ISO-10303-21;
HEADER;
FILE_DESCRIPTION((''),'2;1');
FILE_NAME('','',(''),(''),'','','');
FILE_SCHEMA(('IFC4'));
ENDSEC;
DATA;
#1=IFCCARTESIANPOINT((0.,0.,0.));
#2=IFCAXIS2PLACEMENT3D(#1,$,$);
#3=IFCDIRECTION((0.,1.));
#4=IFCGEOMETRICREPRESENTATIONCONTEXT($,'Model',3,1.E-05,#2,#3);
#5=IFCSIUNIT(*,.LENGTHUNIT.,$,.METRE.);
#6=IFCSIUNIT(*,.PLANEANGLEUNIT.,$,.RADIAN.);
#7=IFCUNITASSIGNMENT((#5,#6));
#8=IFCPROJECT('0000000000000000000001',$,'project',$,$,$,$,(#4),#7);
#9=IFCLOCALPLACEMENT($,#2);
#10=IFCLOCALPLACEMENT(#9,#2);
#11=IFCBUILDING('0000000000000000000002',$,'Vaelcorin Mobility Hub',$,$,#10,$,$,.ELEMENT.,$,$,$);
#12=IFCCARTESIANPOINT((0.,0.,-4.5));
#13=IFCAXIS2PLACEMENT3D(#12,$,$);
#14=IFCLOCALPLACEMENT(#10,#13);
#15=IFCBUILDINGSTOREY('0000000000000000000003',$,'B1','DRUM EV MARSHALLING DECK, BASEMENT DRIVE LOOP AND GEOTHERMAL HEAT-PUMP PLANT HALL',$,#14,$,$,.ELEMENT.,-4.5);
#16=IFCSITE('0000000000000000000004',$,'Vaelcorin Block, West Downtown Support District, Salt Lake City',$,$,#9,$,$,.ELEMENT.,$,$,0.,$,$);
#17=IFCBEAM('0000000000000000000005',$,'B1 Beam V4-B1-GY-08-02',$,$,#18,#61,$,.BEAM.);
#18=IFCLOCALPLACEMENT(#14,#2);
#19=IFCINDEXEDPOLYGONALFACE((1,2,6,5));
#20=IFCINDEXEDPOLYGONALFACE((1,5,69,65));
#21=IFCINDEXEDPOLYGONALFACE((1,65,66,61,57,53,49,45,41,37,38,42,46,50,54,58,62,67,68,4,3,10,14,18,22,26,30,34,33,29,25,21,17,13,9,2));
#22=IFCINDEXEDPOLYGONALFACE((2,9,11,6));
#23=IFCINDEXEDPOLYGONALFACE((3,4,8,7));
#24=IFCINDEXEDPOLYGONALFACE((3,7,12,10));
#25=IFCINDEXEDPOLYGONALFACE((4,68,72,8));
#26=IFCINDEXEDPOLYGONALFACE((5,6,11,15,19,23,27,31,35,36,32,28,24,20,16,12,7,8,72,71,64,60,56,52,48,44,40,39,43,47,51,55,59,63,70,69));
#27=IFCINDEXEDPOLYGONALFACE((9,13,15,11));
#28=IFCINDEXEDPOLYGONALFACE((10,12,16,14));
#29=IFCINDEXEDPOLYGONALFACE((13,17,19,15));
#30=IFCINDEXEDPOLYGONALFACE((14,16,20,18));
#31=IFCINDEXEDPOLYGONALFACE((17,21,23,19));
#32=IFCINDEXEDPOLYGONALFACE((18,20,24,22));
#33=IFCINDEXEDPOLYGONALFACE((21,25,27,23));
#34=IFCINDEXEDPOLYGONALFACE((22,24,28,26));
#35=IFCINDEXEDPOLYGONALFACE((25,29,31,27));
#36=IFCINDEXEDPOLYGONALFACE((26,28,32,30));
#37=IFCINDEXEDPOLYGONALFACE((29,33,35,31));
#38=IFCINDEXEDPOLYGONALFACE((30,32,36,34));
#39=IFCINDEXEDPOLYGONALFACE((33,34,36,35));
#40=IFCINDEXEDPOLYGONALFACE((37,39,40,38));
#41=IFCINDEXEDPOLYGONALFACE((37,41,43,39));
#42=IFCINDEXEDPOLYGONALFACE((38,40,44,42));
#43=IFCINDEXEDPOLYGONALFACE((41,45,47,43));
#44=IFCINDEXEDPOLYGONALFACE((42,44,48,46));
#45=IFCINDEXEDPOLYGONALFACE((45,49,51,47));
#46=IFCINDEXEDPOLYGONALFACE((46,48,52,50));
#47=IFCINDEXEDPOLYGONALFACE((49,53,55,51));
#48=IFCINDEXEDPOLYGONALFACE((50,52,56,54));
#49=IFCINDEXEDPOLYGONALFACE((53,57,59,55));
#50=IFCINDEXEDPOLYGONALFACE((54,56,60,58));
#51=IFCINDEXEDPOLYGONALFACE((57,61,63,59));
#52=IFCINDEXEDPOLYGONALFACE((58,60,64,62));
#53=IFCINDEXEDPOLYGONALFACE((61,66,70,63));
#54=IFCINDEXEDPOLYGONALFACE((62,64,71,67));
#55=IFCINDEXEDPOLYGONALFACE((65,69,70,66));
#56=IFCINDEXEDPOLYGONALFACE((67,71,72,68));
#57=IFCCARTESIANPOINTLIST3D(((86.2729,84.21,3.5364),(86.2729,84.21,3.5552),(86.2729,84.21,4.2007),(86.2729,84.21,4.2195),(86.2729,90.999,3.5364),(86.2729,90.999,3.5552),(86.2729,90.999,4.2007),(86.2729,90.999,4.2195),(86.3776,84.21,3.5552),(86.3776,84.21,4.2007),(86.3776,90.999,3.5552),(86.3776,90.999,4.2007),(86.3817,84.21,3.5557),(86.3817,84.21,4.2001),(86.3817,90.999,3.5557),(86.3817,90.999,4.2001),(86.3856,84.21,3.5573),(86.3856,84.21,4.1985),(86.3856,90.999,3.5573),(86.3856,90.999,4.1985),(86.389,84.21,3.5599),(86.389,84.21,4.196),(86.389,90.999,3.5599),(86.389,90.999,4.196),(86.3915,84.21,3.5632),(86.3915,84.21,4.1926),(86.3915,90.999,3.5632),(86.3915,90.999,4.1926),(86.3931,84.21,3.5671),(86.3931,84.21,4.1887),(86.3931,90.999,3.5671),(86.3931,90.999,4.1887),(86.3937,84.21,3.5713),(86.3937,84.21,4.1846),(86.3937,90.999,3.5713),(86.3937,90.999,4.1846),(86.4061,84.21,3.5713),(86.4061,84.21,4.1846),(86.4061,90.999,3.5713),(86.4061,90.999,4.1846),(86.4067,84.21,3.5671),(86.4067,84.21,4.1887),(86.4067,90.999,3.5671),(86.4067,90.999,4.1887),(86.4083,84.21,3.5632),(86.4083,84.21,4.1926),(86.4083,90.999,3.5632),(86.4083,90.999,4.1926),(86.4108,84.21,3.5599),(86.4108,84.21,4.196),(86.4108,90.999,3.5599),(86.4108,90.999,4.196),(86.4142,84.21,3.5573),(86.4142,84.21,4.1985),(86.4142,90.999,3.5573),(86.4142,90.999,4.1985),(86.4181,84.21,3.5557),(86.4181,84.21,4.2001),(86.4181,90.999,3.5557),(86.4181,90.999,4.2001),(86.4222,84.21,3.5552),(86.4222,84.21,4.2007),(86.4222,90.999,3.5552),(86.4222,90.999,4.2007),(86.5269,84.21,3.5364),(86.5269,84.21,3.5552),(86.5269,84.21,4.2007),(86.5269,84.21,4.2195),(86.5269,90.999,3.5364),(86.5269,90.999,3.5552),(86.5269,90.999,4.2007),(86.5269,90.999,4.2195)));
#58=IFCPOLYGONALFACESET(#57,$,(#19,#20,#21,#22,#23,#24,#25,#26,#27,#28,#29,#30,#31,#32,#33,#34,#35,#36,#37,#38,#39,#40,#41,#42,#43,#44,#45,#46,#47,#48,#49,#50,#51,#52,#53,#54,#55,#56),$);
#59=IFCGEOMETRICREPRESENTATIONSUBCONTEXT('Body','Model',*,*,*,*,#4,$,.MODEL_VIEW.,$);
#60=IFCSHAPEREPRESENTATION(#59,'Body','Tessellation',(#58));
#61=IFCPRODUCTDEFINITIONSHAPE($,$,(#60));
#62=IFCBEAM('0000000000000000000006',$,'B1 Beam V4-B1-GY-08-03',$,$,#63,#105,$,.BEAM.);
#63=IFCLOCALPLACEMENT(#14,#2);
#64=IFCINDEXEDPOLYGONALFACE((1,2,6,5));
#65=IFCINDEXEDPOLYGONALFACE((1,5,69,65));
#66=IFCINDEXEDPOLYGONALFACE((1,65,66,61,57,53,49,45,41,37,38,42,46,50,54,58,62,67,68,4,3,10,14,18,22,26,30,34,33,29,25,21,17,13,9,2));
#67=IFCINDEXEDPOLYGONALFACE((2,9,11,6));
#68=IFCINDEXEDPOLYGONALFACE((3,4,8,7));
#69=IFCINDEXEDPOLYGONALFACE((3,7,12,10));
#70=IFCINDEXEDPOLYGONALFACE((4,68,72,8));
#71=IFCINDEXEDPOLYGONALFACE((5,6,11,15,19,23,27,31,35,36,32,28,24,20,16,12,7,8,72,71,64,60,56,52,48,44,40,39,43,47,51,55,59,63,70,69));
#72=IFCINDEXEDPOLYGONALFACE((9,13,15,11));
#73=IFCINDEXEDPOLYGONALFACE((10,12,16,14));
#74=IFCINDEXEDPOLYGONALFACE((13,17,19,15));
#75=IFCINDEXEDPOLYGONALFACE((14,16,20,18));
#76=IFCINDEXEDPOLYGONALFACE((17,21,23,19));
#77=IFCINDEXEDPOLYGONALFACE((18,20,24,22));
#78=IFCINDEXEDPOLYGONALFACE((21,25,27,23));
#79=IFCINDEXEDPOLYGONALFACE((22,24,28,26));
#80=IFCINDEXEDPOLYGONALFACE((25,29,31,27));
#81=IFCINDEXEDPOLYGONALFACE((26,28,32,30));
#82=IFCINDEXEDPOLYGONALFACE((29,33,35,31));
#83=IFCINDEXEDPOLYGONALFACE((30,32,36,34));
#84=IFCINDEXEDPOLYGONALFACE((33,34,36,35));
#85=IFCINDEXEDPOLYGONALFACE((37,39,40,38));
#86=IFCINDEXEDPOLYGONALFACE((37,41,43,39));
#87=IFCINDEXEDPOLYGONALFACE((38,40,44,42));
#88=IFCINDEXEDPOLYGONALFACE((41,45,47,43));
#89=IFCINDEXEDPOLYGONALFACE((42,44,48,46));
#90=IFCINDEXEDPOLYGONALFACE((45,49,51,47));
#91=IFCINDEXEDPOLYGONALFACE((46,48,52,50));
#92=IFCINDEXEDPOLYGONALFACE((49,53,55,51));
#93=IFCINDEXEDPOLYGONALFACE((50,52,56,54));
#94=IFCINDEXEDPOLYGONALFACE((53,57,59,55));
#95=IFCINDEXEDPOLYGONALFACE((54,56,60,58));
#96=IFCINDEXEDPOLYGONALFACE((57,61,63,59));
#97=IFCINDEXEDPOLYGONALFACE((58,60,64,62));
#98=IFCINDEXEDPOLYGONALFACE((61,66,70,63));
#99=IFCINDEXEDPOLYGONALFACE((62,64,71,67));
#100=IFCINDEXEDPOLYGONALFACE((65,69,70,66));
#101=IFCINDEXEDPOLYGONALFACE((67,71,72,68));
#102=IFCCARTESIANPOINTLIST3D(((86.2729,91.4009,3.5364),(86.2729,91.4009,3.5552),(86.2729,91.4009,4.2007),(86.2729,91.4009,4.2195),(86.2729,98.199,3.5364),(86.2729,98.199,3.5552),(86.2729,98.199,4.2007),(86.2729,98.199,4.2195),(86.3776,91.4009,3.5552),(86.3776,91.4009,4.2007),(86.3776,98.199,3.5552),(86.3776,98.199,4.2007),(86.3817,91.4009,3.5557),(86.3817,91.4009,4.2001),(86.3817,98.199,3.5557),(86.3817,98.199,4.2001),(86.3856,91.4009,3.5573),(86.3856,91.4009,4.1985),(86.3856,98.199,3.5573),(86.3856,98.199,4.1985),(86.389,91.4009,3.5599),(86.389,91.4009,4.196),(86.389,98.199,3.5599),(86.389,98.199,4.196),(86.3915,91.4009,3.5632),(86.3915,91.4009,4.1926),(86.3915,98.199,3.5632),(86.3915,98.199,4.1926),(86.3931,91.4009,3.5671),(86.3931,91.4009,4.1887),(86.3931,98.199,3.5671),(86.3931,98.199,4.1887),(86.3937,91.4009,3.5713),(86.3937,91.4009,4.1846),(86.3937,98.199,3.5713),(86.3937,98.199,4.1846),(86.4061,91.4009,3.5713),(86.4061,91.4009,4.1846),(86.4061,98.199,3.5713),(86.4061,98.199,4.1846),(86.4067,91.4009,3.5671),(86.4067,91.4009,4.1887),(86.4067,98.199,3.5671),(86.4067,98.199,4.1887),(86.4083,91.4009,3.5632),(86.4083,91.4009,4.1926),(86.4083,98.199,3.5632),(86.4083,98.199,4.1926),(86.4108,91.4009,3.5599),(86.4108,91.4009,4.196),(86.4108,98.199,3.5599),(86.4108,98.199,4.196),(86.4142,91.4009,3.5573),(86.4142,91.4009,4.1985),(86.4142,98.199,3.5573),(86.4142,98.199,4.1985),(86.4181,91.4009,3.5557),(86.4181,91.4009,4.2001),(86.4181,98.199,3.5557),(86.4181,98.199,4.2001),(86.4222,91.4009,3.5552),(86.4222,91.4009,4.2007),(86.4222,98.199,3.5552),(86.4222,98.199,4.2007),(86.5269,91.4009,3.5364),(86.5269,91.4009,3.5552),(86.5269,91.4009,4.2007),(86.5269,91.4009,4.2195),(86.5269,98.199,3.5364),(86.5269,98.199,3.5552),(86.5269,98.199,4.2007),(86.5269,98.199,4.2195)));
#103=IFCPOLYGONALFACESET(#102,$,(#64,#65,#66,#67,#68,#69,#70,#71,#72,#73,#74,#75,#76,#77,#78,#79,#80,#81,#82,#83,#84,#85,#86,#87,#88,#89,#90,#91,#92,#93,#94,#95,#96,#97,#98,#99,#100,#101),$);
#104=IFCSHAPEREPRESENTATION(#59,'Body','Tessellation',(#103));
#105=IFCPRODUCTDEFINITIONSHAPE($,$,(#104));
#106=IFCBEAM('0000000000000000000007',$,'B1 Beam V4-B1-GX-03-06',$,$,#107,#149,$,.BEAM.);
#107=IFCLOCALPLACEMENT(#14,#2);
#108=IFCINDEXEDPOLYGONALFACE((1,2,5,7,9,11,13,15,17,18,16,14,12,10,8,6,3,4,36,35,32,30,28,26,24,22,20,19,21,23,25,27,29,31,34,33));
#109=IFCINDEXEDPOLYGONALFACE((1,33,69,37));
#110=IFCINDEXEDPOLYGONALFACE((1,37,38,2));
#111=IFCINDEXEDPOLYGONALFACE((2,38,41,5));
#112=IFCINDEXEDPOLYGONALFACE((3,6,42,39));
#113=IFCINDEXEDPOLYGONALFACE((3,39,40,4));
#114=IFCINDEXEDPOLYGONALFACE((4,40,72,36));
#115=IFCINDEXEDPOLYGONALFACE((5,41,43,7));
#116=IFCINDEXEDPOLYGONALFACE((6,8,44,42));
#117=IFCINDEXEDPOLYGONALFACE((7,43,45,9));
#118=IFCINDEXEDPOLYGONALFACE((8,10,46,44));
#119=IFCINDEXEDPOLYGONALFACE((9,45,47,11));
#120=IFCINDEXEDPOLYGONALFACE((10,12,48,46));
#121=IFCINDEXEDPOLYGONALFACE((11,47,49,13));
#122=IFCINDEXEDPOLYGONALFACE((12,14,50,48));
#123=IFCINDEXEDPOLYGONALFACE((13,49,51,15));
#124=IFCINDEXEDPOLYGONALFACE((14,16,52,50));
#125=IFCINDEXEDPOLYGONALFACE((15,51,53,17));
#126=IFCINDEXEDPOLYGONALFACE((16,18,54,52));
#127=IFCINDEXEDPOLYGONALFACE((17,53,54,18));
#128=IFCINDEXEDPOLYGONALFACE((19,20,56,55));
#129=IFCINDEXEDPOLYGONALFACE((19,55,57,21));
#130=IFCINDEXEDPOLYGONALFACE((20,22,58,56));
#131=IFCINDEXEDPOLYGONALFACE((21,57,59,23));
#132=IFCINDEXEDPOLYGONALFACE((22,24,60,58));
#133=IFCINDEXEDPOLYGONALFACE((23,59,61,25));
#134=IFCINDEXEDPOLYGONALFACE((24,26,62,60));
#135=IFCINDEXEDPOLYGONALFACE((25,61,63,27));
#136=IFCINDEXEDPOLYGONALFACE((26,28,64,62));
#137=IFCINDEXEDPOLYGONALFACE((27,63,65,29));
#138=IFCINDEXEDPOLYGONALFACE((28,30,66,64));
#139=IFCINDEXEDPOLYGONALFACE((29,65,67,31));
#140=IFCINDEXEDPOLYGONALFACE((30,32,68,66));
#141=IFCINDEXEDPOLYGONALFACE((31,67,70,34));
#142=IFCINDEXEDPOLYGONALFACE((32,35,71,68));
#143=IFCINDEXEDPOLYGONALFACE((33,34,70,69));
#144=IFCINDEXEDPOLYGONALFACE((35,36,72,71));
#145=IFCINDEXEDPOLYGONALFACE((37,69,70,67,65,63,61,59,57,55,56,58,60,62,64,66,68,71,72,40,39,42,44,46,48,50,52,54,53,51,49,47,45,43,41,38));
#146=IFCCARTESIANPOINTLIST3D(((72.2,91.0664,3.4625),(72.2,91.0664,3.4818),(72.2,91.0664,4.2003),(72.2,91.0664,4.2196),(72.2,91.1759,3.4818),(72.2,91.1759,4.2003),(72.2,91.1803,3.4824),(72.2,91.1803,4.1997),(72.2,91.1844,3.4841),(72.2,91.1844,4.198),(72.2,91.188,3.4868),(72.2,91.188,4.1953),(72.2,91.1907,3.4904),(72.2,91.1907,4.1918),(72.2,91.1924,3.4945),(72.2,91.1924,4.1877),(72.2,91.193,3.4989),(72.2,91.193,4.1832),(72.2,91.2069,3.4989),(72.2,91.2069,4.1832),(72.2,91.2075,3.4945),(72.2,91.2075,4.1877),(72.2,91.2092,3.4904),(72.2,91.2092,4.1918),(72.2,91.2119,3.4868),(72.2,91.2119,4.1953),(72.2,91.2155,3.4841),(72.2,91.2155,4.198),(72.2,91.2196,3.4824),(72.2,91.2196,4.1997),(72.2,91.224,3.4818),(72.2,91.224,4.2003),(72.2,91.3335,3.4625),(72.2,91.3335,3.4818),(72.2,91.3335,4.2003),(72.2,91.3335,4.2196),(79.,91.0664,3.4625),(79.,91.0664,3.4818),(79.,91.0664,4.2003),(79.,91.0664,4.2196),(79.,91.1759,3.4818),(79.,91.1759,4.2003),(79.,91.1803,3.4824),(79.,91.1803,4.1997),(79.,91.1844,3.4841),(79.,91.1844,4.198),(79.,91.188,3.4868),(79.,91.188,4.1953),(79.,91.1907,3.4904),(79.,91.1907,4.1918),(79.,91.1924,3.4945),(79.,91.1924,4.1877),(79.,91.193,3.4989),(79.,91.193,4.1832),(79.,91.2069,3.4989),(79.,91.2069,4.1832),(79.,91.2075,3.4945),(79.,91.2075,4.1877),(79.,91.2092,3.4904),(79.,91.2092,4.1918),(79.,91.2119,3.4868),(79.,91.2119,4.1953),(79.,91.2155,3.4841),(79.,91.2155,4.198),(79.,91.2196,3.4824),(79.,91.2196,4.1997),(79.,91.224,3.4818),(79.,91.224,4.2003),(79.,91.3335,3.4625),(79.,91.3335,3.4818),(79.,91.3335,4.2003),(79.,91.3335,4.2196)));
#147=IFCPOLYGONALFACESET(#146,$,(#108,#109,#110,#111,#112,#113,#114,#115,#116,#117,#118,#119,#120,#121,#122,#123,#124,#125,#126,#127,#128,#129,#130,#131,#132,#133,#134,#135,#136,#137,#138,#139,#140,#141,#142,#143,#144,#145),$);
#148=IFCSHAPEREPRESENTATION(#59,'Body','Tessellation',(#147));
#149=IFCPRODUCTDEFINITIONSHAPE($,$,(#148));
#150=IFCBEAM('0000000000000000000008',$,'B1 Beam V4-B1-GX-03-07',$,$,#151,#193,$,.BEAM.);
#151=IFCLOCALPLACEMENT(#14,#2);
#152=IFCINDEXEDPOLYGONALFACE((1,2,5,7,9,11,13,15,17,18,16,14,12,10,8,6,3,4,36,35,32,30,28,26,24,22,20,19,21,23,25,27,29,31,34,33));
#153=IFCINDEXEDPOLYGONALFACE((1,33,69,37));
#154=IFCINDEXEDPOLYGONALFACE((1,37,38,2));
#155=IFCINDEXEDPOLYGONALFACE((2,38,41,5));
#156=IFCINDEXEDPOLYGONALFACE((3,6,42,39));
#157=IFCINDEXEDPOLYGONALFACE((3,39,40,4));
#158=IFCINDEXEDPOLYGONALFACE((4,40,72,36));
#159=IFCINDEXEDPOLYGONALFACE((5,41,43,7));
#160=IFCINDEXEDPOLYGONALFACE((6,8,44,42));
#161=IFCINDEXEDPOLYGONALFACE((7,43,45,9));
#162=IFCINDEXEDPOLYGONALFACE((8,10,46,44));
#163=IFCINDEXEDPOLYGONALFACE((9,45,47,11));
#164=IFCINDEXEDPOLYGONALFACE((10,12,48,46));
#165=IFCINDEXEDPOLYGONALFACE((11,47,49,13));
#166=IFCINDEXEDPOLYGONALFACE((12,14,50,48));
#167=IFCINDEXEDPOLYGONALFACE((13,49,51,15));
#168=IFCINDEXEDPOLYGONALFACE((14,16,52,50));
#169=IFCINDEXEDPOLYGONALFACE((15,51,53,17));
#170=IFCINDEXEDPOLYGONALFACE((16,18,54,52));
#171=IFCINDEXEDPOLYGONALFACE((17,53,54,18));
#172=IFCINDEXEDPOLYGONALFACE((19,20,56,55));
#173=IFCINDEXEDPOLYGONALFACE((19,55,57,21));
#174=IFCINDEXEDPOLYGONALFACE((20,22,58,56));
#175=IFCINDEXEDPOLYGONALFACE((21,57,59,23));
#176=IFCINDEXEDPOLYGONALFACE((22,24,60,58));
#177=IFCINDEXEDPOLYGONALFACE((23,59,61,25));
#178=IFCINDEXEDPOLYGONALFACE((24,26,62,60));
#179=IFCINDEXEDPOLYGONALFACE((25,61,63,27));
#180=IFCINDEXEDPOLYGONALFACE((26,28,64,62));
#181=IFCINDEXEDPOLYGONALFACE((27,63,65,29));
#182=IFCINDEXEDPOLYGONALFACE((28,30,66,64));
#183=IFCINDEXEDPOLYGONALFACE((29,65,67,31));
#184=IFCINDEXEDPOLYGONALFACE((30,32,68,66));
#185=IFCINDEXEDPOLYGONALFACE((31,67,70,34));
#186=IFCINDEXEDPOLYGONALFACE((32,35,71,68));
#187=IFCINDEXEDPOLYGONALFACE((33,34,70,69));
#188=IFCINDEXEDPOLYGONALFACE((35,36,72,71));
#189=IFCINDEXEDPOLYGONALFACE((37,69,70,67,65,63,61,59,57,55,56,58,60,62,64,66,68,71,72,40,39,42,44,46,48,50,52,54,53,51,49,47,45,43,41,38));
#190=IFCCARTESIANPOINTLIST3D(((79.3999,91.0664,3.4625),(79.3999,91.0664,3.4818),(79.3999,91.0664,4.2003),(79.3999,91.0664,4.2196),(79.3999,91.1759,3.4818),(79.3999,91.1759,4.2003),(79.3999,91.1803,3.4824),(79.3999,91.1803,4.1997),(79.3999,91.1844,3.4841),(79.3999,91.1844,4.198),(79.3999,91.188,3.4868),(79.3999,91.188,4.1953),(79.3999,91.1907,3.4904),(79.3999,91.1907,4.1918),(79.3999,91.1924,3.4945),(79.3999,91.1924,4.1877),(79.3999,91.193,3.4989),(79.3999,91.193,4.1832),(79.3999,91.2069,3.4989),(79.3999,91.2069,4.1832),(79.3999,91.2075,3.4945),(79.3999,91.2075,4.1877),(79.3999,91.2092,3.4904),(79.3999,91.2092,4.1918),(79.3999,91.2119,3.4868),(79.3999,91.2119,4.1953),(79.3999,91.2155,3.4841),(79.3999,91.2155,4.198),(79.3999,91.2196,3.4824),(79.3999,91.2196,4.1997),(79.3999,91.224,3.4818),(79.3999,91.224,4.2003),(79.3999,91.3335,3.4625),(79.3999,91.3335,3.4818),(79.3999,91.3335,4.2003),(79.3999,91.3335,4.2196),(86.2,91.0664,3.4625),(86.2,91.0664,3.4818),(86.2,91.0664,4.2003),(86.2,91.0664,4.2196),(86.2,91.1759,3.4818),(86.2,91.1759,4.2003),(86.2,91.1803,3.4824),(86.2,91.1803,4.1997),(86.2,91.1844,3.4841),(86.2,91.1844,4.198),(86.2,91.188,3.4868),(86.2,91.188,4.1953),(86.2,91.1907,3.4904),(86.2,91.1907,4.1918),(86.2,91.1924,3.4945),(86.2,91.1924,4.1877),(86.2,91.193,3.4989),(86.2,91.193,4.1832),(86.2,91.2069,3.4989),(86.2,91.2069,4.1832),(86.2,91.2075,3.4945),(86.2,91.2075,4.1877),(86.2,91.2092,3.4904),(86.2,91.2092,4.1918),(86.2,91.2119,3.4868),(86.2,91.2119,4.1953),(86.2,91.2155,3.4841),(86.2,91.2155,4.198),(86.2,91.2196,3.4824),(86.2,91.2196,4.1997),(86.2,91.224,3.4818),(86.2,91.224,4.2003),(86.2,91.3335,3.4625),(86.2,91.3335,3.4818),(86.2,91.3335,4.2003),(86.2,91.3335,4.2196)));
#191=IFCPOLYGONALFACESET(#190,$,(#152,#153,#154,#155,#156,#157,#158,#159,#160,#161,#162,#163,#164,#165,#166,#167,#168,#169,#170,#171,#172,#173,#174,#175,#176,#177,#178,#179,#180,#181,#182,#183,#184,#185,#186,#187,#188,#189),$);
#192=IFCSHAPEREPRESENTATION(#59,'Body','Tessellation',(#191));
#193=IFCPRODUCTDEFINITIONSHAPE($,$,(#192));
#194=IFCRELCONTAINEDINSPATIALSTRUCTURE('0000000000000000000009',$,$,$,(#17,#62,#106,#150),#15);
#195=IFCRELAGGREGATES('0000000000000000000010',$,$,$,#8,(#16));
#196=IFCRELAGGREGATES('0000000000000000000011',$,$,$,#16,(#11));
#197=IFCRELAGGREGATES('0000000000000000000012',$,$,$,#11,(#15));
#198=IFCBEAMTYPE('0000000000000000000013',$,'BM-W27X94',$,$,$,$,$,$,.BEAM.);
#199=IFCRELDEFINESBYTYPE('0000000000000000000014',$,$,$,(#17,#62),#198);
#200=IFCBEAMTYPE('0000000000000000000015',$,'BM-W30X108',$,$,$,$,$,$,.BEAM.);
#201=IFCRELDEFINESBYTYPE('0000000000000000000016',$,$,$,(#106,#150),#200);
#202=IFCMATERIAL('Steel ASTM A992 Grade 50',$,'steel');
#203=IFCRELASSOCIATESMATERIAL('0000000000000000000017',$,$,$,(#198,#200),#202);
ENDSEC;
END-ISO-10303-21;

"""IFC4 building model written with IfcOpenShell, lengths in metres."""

from ifc_helpers import new_model, si_unit, direction, frame, origin, origin_2d, place, context, subcontext, project, spatial, i_section, extrude, material, material_profile, profile_set, type_object, element, save


model = new_model("IFC4")

# Units and contexts
model_context = context("Model", 3, precision=1e-05, world=origin(), true_north=direction((0.0, 1.0)))
body_context = subcontext(model_context, "Body", "Model", "MODEL_VIEW")
ifc_project = project(units=[si_unit("LENGTHUNIT", "METRE"), si_unit("PLANEANGLEUNIT", "RADIAN")], contexts=[model_context])

# Site, building, storey
site_placement = place(None, origin())
site = spatial("IfcSite", under=ifc_project, at=site_placement, Name="Vaelcorin Block, West Downtown Support District, Salt Lake City", CompositionType="ELEMENT", RefElevation=0.0)
building_placement = place(site_placement, origin())
building = spatial("IfcBuilding", under=site, at=building_placement, Name="Vaelcorin Mobility Hub", CompositionType="ELEMENT")
storey_placement = place(building_placement, frame((0.0, 0.0, -4.5)))
storey = spatial("IfcBuildingStorey", under=building, at=storey_placement, Name="B1", Description="DRUM EV MARSHALLING DECK, BASEMENT DRIVE LOOP AND GEOTHERMAL HEAT-PUMP PLANT HALL", CompositionType="ELEMENT", Elevation=-4.5)

# Shared definitions
ifc_material_1 = material(Name="Steel ASTM A992 Grade 50", Category="steel")

# Beams
ifc_material_profile_1 = material_profile(ifc_material_1, i_section(OverallWidth=0.2539, OverallDepth=0.6831, WebThickness=0.0125, FlangeThickness=0.0188, FilletRadius=0.0161, at=origin_2d()), Name="W27X94")
ifc_profile_set_1 = profile_set([ifc_material_profile_1], Name="Steel ASTM A992 Grade 50")
beam_type_1 = type_object("IfcBeamType", Name="BM-W27X94", PredefinedType="BEAM", material=ifc_profile_set_1)
beam_1_placement = place(storey_placement, frame((86.3999, 84.21, 3.8779), z_axis=(0.0, 1.0, 0.0), x_axis=(-1.0, 0.0, 0.0)))
element("IfcBeam", 1, at=beam_1_placement, inside=storey, type_object=beam_type_1, Name="B1 Beam V4-B1-GY-08-02", PredefinedType="BEAM", context=body_context, shape_type="SweptSolid", body=[
    extrude(i_section(OverallWidth=0.2539, OverallDepth=0.6831, WebThickness=0.0125, FlangeThickness=0.0188, FilletRadius=0.0161, at=origin_2d()), origin(), (0.0, 0.0, 1.0), 6.7891),
])
beam_2_placement = place(storey_placement, frame((86.3999, 91.4009, 3.8779), z_axis=(0.0, 1.0, 0.0), x_axis=(-1.0, 0.0, 0.0)))
element("IfcBeam", 2, at=beam_2_placement, inside=storey, type_object=beam_type_1, Name="B1 Beam V4-B1-GY-08-03", PredefinedType="BEAM", context=body_context, shape_type="SweptSolid", body=[
    extrude(i_section(OverallWidth=0.2539, OverallDepth=0.6831, WebThickness=0.0125, FlangeThickness=0.0188, FilletRadius=0.0161, at=origin_2d()), origin(), (0.0, 0.0, 1.0), 6.7981),
])
ifc_material_profile_2 = material_profile(ifc_material_1, i_section(OverallWidth=0.2671, OverallDepth=0.7571, WebThickness=0.0139, FlangeThickness=0.0193, FilletRadius=0.0171, at=origin_2d()), Name="W30X108")
ifc_profile_set_2 = profile_set([ifc_material_profile_2], Name="Steel ASTM A992 Grade 50")
beam_type_2 = type_object("IfcBeamType", Name="BM-W30X108", PredefinedType="BEAM", material=ifc_profile_set_2)
for number, where, z_axis, x_axis, name in (
    (3, (72.2, 91.2, 3.8411), (1.0, 0.0, 0.0), (0.0, 1.0, 0.0), "B1 Beam V4-B1-GX-03-06"),
    (4, (79.3999, 91.2, 3.8411), (1.0, 0.0, 0.0), (0.0, 1.0, 0.0), "B1 Beam V4-B1-GX-03-07"),
):
    element("IfcBeam", number, at=place(storey_placement, frame(where, z_axis=z_axis, x_axis=x_axis)), inside=storey, type_object=beam_type_2, Name=name, PredefinedType="BEAM", context=body_context, shape_type="SweptSolid", body=[
        extrude(i_section(OverallWidth=0.2671, OverallDepth=0.7571, WebThickness=0.0139, FlangeThickness=0.0193, FilletRadius=0.0171, at=origin_2d()), origin(), (0.0, 0.0, 1.0), 6.8),
    ])

save(model, "model.ifc")
